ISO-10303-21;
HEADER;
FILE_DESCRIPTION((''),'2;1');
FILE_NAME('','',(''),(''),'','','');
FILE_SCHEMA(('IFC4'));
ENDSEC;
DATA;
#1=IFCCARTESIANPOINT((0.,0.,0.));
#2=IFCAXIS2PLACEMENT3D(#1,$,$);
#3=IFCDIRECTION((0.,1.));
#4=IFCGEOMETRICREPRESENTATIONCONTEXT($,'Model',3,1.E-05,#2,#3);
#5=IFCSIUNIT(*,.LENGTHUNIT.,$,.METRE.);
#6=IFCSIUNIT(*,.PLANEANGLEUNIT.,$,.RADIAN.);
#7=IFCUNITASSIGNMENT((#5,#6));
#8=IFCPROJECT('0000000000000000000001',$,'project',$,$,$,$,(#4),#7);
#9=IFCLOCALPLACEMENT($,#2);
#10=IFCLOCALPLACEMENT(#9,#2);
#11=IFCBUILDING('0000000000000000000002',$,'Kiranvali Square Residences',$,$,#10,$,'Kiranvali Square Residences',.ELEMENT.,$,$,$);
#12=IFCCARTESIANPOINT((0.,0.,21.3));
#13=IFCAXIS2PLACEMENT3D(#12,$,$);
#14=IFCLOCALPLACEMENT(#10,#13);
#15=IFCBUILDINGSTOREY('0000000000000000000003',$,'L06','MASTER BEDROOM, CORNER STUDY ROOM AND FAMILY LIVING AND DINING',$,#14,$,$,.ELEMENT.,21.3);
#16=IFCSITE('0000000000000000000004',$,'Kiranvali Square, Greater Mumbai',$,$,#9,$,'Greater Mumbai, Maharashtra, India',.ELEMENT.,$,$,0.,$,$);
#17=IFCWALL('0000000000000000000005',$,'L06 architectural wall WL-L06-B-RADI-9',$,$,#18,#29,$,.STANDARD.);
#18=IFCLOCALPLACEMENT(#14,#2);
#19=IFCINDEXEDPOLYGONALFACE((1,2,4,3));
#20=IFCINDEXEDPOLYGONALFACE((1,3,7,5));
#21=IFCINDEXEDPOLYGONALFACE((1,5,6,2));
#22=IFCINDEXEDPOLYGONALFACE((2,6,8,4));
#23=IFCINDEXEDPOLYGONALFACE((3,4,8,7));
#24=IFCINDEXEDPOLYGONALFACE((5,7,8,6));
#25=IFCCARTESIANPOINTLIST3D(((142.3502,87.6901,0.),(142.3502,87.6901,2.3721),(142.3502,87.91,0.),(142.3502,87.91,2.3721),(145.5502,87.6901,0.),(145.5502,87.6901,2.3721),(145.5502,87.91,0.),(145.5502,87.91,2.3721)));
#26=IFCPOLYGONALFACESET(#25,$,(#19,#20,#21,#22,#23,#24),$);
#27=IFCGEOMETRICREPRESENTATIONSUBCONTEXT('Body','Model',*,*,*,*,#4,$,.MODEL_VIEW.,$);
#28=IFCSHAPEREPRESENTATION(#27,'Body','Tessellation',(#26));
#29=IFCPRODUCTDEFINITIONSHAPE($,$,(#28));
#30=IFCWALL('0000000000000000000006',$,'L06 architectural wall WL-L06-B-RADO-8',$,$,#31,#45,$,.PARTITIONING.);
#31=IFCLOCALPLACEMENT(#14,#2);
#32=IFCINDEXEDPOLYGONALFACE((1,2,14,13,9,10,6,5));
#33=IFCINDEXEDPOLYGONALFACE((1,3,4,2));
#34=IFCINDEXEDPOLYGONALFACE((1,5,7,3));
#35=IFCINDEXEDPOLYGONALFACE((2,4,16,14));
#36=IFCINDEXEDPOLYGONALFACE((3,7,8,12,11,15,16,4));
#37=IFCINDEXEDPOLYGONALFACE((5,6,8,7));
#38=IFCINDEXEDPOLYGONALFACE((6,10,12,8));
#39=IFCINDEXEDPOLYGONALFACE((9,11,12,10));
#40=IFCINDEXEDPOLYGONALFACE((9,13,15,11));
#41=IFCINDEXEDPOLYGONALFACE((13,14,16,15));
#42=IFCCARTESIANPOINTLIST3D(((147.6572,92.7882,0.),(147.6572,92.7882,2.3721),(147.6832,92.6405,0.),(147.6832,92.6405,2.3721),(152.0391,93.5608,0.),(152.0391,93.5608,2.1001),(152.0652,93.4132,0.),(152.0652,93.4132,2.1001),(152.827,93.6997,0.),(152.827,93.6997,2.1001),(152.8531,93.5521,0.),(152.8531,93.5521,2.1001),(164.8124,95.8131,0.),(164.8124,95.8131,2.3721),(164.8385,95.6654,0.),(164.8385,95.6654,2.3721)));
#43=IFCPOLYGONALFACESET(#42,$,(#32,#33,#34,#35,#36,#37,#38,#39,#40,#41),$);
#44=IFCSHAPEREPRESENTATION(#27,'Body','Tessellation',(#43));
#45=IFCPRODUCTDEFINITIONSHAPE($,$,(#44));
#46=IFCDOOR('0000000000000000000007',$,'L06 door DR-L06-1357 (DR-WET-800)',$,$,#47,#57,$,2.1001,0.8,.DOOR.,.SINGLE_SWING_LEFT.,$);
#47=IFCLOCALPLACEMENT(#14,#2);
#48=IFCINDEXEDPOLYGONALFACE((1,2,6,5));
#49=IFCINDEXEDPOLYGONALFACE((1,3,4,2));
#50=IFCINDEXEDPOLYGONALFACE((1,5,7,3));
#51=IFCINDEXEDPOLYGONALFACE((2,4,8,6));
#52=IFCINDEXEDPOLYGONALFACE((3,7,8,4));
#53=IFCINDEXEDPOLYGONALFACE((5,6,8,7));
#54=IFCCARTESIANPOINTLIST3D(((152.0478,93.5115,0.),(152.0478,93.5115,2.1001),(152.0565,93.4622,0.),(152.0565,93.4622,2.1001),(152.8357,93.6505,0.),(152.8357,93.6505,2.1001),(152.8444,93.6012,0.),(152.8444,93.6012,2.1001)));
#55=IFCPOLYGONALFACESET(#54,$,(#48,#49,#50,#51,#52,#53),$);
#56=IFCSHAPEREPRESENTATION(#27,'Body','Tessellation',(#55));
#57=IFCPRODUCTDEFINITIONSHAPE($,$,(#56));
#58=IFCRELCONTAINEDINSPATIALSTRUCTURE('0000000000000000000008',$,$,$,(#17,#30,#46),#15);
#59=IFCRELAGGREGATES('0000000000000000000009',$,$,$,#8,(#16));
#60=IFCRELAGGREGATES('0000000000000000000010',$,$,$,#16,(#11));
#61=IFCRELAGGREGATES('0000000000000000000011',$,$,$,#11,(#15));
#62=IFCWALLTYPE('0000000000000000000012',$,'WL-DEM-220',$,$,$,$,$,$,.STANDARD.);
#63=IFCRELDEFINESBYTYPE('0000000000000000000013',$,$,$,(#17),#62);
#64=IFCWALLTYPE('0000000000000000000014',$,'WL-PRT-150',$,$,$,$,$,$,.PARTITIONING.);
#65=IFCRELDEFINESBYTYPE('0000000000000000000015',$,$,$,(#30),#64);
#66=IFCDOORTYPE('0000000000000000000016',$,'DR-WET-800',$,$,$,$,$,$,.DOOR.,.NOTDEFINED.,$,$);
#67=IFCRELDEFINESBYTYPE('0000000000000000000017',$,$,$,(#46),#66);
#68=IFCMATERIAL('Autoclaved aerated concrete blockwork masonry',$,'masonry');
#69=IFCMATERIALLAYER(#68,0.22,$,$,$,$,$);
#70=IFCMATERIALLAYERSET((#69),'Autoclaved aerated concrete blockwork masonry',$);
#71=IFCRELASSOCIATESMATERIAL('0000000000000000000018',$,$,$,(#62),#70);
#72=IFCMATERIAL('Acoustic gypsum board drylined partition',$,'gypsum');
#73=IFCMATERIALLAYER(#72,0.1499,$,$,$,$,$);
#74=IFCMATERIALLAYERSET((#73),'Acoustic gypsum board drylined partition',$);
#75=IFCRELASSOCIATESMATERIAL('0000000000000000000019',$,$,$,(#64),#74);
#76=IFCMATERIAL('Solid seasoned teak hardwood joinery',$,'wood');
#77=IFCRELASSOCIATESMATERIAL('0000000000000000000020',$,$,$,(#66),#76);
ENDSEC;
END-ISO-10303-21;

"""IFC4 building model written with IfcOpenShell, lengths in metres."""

from ifc_helpers import new_model, si_unit, direction, frame, frame_2d, origin, place, context, subcontext, project, spatial, rectangle, extrude, material, layer, layer_set, type_object, element, fill, save


model = new_model("IFC4")

# Units and contexts
model_context = context("Model", 3, precision=1e-05, world=origin(), true_north=direction((0.0, 1.0)))
body_context = subcontext(model_context, "Body", "Model", "MODEL_VIEW")
ifc_project = project(units=[si_unit("LENGTHUNIT", "METRE"), si_unit("PLANEANGLEUNIT", "RADIAN")], contexts=[model_context])

# Site, building, storey
site_placement = place(None, origin())
site = spatial("IfcSite", under=ifc_project, at=site_placement, Name="Kiranvali Square, Greater Mumbai", LongName="Greater Mumbai, Maharashtra, India", CompositionType="ELEMENT", RefElevation=0.0)
building_placement = place(site_placement, origin())
building = spatial("IfcBuilding", under=site, at=building_placement, Name="Kiranvali Square Residences", LongName="Kiranvali Square Residences", CompositionType="ELEMENT")
storey_placement = place(building_placement, frame((0.0, 0.0, 21.3)))
storey = spatial("IfcBuildingStorey", under=building, at=storey_placement, Name="L06", Description="MASTER BEDROOM, CORNER STUDY ROOM AND FAMILY LIVING AND DINING", CompositionType="ELEMENT", Elevation=21.3)

# Shared definitions
ifc_material_1 = material(Name="Autoclaved aerated concrete blockwork masonry", Category="masonry")

# Wall
ifc_layer_1 = layer(ifc_material_1, 0.22)
ifc_layer_set_1 = layer_set([ifc_layer_1], Name="Autoclaved aerated concrete blockwork masonry")
wall_type_1 = type_object("IfcWallType", Name="WL-DEM-220", PredefinedType="STANDARD", material=ifc_layer_set_1)
wall_1_placement = place(storey_placement, frame((142.3501, 87.8, 0.0), z_axis=(0.0, 0.0, 1.0), x_axis=(1.0, 0.0, 0.0)))
element("IfcWall", 1, at=wall_1_placement, inside=storey, type_object=wall_type_1, Name="L06 architectural wall WL-L06-B-RADI-9", PredefinedType="STANDARD", context=body_context, shape_type="SweptSolid", body=[
    extrude(rectangle(XDim=3.2, YDim=0.22, at=frame_2d((1.6001, 0.0))), origin(), (0.0, 0.0, 1.0), 2.3721),
])

# Wall, opening, door
ifc_material_2 = material(Name="Acoustic gypsum board drylined partition", Category="gypsum")
ifc_layer_2 = layer(ifc_material_2, 0.1499)
ifc_layer_set_2 = layer_set([ifc_layer_2], Name="Acoustic gypsum board drylined partition")
wall_type_2 = type_object("IfcWallType", Name="WL-PRT-150", PredefinedType="PARTITIONING", material=ifc_layer_set_2)
wall_2_placement = place(storey_placement, frame((147.6702, 92.7144, 0.0), z_axis=(0.0, 0.0, 1.0), x_axis=(0.984808, 0.173646, 0.0)))
wall_2 = element("IfcWall", 2, at=wall_2_placement, inside=storey, type_object=wall_type_2, Name="L06 architectural wall WL-L06-B-RADO-8", PredefinedType="PARTITIONING", context=body_context, shape_type="SweptSolid", body=[
    extrude(rectangle(XDim=17.4199, YDim=0.1499, at=frame_2d((8.71, 0.0))), origin(), (0.0, 0.0, 1.0), 2.3721),
])
opening_1_placement = place(wall_2_placement, frame((4.4497, 0.0, 0.0)))
opening_1 = element("IfcOpeningElement", 3, at=opening_1_placement, cuts=wall_2, PredefinedType="OPENING", context=body_context, shape_type="SweptSolid", body=[
    extrude(rectangle(XDim=0.8, YDim=2.1001, at=frame_2d((0.3999, 1.05))), frame((0.0, 0.085, 0.0), z_axis=(0.0, -1.0, 0.0), x_axis=(1.0, 0.0, 0.0)), (0.0, 0.0, 1.0), 0.1699),
])
ifc_material_3 = material(Name="Solid seasoned teak hardwood joinery", Category="wood")
door_type_1 = type_object("IfcDoorType", Name="DR-WET-800", OperationType="NOTDEFINED", PredefinedType="DOOR", material=ifc_material_3)
door_1_placement = place(opening_1_placement, origin())
door_1 = element("IfcDoor", 4, at=door_1_placement, inside=storey, type_object=door_type_1, Name="L06 door DR-L06-1357 (DR-WET-800)", OperationType="SINGLE_SWING_LEFT", OverallHeight=2.1001, OverallWidth=0.8, PredefinedType="DOOR", context=body_context, shape_type="SweptSolid", body=[
    extrude(rectangle(XDim=0.8, YDim=2.1001, at=frame_2d((0.3999, 1.05))), frame((0.0, 0.0249, 0.0), z_axis=(0.0, -1.0, 0.0), x_axis=(1.0, 0.0, 0.0)), (0.0, 0.0, 1.0), 0.05),
])
fill(opening_1, door_1)

save(model, "model.ifc")
